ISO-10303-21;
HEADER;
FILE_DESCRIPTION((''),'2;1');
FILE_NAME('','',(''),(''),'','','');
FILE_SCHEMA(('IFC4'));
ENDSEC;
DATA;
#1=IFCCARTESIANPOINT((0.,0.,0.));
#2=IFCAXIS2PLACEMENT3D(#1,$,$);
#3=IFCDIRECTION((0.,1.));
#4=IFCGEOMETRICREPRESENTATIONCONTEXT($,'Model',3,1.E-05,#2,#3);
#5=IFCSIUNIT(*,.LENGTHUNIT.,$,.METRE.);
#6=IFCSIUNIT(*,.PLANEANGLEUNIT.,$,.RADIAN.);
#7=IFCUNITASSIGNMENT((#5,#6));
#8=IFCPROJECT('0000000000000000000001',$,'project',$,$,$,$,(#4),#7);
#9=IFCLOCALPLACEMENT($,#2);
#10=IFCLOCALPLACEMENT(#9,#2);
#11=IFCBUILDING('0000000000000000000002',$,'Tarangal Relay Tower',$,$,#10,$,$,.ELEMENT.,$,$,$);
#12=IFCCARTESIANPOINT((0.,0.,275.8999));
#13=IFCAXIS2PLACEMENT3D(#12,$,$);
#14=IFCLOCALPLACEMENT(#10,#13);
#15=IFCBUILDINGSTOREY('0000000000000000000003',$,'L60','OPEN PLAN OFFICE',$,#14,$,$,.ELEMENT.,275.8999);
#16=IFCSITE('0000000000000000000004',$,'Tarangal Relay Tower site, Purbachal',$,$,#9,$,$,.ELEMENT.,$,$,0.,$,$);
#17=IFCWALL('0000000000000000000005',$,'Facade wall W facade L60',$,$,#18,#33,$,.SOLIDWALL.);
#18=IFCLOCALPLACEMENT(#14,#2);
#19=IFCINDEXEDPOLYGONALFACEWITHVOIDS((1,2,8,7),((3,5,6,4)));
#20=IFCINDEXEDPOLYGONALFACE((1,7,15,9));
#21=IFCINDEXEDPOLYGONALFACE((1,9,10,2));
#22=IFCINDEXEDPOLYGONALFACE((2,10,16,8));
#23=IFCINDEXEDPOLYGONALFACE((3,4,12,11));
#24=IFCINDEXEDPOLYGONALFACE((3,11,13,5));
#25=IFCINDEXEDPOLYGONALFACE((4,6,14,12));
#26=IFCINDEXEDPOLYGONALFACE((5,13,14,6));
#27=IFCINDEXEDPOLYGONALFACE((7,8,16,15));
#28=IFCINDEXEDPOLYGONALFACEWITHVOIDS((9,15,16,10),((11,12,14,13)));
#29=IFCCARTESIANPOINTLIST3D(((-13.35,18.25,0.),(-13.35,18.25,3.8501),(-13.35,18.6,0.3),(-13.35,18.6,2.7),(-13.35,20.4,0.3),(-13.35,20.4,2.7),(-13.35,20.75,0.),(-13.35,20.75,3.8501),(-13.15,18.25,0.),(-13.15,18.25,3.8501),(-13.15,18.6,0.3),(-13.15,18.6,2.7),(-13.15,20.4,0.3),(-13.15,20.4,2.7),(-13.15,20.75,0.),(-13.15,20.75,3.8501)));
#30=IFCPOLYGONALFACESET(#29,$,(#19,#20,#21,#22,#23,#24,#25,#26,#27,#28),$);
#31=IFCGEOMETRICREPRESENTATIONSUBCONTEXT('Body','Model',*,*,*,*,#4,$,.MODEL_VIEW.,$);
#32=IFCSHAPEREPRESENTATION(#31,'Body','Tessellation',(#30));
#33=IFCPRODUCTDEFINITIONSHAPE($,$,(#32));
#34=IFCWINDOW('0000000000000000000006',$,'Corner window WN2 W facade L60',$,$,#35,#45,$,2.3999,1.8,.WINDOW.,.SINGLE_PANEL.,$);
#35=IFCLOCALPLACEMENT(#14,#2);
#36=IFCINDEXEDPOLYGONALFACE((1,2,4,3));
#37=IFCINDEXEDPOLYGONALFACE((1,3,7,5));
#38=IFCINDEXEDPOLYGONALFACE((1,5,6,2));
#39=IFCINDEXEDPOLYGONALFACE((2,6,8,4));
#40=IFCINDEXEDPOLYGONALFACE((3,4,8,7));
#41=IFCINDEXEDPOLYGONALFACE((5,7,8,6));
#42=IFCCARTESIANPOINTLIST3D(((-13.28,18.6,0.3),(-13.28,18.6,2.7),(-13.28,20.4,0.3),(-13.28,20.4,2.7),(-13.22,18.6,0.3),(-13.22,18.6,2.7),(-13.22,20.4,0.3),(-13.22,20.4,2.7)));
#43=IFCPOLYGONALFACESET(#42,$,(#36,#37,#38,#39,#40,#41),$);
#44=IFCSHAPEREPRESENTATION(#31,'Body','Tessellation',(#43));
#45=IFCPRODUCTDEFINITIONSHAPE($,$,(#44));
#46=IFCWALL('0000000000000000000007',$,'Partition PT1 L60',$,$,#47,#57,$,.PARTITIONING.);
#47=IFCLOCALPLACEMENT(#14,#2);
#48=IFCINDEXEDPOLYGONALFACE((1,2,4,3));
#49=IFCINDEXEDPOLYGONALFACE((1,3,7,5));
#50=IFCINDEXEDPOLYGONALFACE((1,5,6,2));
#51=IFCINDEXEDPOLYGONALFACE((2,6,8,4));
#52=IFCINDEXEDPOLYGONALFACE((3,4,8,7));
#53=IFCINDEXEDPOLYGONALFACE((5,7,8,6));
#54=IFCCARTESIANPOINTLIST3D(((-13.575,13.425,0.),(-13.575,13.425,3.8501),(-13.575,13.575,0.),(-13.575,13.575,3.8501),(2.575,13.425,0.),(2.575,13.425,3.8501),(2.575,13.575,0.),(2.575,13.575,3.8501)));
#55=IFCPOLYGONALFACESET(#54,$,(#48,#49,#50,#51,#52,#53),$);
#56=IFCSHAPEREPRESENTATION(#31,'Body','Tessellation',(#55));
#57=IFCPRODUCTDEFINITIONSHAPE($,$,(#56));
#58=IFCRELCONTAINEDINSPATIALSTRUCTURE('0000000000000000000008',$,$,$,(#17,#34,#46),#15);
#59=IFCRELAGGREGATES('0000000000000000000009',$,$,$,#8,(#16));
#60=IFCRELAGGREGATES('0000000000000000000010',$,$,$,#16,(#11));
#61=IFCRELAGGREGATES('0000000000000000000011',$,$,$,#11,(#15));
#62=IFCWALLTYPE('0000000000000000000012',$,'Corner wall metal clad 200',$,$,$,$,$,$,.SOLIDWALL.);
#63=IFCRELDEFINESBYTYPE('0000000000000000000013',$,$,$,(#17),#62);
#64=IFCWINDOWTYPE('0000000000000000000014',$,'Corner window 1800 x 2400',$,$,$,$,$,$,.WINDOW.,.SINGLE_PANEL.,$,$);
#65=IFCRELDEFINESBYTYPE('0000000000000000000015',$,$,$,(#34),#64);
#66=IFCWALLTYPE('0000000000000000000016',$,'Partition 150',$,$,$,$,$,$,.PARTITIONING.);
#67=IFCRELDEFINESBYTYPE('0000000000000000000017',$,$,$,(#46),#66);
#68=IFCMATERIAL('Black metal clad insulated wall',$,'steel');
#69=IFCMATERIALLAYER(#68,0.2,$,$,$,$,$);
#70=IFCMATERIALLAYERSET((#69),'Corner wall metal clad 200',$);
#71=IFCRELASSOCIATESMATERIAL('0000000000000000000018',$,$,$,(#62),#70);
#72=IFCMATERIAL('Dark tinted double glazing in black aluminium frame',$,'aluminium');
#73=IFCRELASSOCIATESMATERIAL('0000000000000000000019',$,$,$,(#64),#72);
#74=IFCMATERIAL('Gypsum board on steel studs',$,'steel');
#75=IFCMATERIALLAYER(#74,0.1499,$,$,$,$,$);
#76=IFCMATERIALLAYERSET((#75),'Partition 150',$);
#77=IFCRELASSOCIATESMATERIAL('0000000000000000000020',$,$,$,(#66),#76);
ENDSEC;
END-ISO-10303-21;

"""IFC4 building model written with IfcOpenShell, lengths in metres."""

from ifc_helpers import new_model, si_unit, direction, frame, frame_2d, origin, place, context, subcontext, project, spatial, rectangle, extrude, material, layer, layer_set, type_object, element, fill, save


model = new_model("IFC4")

# Units and contexts
model_context = context("Model", 3, precision=1e-05, world=origin(), true_north=direction((0.0, 1.0)))
body_context = subcontext(model_context, "Body", "Model", "MODEL_VIEW")
ifc_project = project(units=[si_unit("LENGTHUNIT", "METRE"), si_unit("PLANEANGLEUNIT", "RADIAN")], contexts=[model_context])

# Site, building, storey
site_placement = place(None, origin())
site = spatial("IfcSite", under=ifc_project, at=site_placement, Name="Tarangal Relay Tower site, Purbachal", CompositionType="ELEMENT", RefElevation=0.0)
building_placement = place(site_placement, origin())
building = spatial("IfcBuilding", under=site, at=building_placement, Name="Tarangal Relay Tower", CompositionType="ELEMENT")
storey_placement = place(building_placement, frame((0.0, 0.0, 275.8999)))
storey = spatial("IfcBuildingStorey", under=building, at=storey_placement, Name="L60", Description="OPEN PLAN OFFICE", CompositionType="ELEMENT", Elevation=275.8999)

# Shared definitions
ifc_material_1 = material(Name="Black metal clad insulated wall", Category="steel")
ifc_layer_1 = layer(ifc_material_1, 0.2)
ifc_layer_set_1 = layer_set([ifc_layer_1], Name="Corner wall metal clad 200")
wall_type_1 = type_object("IfcWallType", Name="Corner wall metal clad 200", PredefinedType="SOLIDWALL", material=ifc_layer_set_1)

# Shared definitions
ifc_material_2 = material(Name="Dark tinted double glazing in black aluminium frame", Category="aluminium")
window_type = type_object("IfcWindowType", Name="Corner window 1800 x 2400", PartitioningType="SINGLE_PANEL", PredefinedType="WINDOW", material=ifc_material_2)

# Wall, opening, window
wall_1_placement = place(storey_placement, frame((-13.25, 18.25, 0.0), z_axis=(0.0, 0.0, 1.0), x_axis=(0.0, 1.0, 0.0)))
wall_1 = element("IfcWall", 1, at=wall_1_placement, inside=storey, type_object=wall_type_1, Name="Facade wall W facade L60", PredefinedType="SOLIDWALL", context=body_context, shape_type="SweptSolid", body=[
    extrude(rectangle(XDim=2.5, YDim=0.2, at=frame_2d((1.25, 0.0))), origin(), (0.0, 0.0, 1.0), 3.8501),
])
opening_1_placement = place(wall_1_placement, frame((0.3501, 0.0, 0.3)))
opening_1 = element("IfcOpeningElement", 2, at=opening_1_placement, cuts=wall_1, PredefinedType="OPENING", context=body_context, shape_type="SweptSolid", body=[
    extrude(rectangle(XDim=1.8, YDim=2.3999, at=frame_2d((0.8999, 1.2))), frame((0.0, 0.1099, 0.0), z_axis=(0.0, -1.0, 0.0), x_axis=(1.0, 0.0, 0.0)), (0.0, 0.0, 1.0), 0.22),
])
window_1_placement = place(opening_1_placement, origin())
window_1 = element("IfcWindow", 3, at=window_1_placement, inside=storey, type_object=window_type, Name="Corner window WN2 W facade L60", OverallHeight=2.3999, OverallWidth=1.8, PartitioningType="SINGLE_PANEL", PredefinedType="WINDOW", context=body_context, shape_type="SweptSolid", body=[
    extrude(rectangle(XDim=1.8, YDim=2.3999, at=frame_2d((0.8999, 1.2))), frame((0.0, 0.03, 0.0), z_axis=(0.0, -1.0, 0.0), x_axis=(1.0, 0.0, 0.0)), (0.0, 0.0, 1.0), 0.0601),
])
fill(opening_1, window_1)

# Wall
ifc_material_3 = material(Name="Gypsum board on steel studs", Category="steel")
ifc_layer_2 = layer(ifc_material_3, 0.1499)
ifc_layer_set_2 = layer_set([ifc_layer_2], Name="Partition 150")
wall_type_2 = type_object("IfcWallType", Name="Partition 150", PredefinedType="PARTITIONING", material=ifc_layer_set_2)
wall_2_placement = place(storey_placement, frame((-13.575, 13.5, 0.0), z_axis=(0.0, 0.0, 1.0), x_axis=(1.0, 0.0, 0.0)))
element("IfcWall", 4, at=wall_2_placement, inside=storey, type_object=wall_type_2, Name="Partition PT1 L60", PredefinedType="PARTITIONING", context=body_context, shape_type="SweptSolid", body=[
    extrude(rectangle(XDim=16.1499, YDim=0.1499, at=frame_2d((8.075, 0.0))), origin(), (0.0, 0.0, 1.0), 3.8501),
])

save(model, "model.ifc")
